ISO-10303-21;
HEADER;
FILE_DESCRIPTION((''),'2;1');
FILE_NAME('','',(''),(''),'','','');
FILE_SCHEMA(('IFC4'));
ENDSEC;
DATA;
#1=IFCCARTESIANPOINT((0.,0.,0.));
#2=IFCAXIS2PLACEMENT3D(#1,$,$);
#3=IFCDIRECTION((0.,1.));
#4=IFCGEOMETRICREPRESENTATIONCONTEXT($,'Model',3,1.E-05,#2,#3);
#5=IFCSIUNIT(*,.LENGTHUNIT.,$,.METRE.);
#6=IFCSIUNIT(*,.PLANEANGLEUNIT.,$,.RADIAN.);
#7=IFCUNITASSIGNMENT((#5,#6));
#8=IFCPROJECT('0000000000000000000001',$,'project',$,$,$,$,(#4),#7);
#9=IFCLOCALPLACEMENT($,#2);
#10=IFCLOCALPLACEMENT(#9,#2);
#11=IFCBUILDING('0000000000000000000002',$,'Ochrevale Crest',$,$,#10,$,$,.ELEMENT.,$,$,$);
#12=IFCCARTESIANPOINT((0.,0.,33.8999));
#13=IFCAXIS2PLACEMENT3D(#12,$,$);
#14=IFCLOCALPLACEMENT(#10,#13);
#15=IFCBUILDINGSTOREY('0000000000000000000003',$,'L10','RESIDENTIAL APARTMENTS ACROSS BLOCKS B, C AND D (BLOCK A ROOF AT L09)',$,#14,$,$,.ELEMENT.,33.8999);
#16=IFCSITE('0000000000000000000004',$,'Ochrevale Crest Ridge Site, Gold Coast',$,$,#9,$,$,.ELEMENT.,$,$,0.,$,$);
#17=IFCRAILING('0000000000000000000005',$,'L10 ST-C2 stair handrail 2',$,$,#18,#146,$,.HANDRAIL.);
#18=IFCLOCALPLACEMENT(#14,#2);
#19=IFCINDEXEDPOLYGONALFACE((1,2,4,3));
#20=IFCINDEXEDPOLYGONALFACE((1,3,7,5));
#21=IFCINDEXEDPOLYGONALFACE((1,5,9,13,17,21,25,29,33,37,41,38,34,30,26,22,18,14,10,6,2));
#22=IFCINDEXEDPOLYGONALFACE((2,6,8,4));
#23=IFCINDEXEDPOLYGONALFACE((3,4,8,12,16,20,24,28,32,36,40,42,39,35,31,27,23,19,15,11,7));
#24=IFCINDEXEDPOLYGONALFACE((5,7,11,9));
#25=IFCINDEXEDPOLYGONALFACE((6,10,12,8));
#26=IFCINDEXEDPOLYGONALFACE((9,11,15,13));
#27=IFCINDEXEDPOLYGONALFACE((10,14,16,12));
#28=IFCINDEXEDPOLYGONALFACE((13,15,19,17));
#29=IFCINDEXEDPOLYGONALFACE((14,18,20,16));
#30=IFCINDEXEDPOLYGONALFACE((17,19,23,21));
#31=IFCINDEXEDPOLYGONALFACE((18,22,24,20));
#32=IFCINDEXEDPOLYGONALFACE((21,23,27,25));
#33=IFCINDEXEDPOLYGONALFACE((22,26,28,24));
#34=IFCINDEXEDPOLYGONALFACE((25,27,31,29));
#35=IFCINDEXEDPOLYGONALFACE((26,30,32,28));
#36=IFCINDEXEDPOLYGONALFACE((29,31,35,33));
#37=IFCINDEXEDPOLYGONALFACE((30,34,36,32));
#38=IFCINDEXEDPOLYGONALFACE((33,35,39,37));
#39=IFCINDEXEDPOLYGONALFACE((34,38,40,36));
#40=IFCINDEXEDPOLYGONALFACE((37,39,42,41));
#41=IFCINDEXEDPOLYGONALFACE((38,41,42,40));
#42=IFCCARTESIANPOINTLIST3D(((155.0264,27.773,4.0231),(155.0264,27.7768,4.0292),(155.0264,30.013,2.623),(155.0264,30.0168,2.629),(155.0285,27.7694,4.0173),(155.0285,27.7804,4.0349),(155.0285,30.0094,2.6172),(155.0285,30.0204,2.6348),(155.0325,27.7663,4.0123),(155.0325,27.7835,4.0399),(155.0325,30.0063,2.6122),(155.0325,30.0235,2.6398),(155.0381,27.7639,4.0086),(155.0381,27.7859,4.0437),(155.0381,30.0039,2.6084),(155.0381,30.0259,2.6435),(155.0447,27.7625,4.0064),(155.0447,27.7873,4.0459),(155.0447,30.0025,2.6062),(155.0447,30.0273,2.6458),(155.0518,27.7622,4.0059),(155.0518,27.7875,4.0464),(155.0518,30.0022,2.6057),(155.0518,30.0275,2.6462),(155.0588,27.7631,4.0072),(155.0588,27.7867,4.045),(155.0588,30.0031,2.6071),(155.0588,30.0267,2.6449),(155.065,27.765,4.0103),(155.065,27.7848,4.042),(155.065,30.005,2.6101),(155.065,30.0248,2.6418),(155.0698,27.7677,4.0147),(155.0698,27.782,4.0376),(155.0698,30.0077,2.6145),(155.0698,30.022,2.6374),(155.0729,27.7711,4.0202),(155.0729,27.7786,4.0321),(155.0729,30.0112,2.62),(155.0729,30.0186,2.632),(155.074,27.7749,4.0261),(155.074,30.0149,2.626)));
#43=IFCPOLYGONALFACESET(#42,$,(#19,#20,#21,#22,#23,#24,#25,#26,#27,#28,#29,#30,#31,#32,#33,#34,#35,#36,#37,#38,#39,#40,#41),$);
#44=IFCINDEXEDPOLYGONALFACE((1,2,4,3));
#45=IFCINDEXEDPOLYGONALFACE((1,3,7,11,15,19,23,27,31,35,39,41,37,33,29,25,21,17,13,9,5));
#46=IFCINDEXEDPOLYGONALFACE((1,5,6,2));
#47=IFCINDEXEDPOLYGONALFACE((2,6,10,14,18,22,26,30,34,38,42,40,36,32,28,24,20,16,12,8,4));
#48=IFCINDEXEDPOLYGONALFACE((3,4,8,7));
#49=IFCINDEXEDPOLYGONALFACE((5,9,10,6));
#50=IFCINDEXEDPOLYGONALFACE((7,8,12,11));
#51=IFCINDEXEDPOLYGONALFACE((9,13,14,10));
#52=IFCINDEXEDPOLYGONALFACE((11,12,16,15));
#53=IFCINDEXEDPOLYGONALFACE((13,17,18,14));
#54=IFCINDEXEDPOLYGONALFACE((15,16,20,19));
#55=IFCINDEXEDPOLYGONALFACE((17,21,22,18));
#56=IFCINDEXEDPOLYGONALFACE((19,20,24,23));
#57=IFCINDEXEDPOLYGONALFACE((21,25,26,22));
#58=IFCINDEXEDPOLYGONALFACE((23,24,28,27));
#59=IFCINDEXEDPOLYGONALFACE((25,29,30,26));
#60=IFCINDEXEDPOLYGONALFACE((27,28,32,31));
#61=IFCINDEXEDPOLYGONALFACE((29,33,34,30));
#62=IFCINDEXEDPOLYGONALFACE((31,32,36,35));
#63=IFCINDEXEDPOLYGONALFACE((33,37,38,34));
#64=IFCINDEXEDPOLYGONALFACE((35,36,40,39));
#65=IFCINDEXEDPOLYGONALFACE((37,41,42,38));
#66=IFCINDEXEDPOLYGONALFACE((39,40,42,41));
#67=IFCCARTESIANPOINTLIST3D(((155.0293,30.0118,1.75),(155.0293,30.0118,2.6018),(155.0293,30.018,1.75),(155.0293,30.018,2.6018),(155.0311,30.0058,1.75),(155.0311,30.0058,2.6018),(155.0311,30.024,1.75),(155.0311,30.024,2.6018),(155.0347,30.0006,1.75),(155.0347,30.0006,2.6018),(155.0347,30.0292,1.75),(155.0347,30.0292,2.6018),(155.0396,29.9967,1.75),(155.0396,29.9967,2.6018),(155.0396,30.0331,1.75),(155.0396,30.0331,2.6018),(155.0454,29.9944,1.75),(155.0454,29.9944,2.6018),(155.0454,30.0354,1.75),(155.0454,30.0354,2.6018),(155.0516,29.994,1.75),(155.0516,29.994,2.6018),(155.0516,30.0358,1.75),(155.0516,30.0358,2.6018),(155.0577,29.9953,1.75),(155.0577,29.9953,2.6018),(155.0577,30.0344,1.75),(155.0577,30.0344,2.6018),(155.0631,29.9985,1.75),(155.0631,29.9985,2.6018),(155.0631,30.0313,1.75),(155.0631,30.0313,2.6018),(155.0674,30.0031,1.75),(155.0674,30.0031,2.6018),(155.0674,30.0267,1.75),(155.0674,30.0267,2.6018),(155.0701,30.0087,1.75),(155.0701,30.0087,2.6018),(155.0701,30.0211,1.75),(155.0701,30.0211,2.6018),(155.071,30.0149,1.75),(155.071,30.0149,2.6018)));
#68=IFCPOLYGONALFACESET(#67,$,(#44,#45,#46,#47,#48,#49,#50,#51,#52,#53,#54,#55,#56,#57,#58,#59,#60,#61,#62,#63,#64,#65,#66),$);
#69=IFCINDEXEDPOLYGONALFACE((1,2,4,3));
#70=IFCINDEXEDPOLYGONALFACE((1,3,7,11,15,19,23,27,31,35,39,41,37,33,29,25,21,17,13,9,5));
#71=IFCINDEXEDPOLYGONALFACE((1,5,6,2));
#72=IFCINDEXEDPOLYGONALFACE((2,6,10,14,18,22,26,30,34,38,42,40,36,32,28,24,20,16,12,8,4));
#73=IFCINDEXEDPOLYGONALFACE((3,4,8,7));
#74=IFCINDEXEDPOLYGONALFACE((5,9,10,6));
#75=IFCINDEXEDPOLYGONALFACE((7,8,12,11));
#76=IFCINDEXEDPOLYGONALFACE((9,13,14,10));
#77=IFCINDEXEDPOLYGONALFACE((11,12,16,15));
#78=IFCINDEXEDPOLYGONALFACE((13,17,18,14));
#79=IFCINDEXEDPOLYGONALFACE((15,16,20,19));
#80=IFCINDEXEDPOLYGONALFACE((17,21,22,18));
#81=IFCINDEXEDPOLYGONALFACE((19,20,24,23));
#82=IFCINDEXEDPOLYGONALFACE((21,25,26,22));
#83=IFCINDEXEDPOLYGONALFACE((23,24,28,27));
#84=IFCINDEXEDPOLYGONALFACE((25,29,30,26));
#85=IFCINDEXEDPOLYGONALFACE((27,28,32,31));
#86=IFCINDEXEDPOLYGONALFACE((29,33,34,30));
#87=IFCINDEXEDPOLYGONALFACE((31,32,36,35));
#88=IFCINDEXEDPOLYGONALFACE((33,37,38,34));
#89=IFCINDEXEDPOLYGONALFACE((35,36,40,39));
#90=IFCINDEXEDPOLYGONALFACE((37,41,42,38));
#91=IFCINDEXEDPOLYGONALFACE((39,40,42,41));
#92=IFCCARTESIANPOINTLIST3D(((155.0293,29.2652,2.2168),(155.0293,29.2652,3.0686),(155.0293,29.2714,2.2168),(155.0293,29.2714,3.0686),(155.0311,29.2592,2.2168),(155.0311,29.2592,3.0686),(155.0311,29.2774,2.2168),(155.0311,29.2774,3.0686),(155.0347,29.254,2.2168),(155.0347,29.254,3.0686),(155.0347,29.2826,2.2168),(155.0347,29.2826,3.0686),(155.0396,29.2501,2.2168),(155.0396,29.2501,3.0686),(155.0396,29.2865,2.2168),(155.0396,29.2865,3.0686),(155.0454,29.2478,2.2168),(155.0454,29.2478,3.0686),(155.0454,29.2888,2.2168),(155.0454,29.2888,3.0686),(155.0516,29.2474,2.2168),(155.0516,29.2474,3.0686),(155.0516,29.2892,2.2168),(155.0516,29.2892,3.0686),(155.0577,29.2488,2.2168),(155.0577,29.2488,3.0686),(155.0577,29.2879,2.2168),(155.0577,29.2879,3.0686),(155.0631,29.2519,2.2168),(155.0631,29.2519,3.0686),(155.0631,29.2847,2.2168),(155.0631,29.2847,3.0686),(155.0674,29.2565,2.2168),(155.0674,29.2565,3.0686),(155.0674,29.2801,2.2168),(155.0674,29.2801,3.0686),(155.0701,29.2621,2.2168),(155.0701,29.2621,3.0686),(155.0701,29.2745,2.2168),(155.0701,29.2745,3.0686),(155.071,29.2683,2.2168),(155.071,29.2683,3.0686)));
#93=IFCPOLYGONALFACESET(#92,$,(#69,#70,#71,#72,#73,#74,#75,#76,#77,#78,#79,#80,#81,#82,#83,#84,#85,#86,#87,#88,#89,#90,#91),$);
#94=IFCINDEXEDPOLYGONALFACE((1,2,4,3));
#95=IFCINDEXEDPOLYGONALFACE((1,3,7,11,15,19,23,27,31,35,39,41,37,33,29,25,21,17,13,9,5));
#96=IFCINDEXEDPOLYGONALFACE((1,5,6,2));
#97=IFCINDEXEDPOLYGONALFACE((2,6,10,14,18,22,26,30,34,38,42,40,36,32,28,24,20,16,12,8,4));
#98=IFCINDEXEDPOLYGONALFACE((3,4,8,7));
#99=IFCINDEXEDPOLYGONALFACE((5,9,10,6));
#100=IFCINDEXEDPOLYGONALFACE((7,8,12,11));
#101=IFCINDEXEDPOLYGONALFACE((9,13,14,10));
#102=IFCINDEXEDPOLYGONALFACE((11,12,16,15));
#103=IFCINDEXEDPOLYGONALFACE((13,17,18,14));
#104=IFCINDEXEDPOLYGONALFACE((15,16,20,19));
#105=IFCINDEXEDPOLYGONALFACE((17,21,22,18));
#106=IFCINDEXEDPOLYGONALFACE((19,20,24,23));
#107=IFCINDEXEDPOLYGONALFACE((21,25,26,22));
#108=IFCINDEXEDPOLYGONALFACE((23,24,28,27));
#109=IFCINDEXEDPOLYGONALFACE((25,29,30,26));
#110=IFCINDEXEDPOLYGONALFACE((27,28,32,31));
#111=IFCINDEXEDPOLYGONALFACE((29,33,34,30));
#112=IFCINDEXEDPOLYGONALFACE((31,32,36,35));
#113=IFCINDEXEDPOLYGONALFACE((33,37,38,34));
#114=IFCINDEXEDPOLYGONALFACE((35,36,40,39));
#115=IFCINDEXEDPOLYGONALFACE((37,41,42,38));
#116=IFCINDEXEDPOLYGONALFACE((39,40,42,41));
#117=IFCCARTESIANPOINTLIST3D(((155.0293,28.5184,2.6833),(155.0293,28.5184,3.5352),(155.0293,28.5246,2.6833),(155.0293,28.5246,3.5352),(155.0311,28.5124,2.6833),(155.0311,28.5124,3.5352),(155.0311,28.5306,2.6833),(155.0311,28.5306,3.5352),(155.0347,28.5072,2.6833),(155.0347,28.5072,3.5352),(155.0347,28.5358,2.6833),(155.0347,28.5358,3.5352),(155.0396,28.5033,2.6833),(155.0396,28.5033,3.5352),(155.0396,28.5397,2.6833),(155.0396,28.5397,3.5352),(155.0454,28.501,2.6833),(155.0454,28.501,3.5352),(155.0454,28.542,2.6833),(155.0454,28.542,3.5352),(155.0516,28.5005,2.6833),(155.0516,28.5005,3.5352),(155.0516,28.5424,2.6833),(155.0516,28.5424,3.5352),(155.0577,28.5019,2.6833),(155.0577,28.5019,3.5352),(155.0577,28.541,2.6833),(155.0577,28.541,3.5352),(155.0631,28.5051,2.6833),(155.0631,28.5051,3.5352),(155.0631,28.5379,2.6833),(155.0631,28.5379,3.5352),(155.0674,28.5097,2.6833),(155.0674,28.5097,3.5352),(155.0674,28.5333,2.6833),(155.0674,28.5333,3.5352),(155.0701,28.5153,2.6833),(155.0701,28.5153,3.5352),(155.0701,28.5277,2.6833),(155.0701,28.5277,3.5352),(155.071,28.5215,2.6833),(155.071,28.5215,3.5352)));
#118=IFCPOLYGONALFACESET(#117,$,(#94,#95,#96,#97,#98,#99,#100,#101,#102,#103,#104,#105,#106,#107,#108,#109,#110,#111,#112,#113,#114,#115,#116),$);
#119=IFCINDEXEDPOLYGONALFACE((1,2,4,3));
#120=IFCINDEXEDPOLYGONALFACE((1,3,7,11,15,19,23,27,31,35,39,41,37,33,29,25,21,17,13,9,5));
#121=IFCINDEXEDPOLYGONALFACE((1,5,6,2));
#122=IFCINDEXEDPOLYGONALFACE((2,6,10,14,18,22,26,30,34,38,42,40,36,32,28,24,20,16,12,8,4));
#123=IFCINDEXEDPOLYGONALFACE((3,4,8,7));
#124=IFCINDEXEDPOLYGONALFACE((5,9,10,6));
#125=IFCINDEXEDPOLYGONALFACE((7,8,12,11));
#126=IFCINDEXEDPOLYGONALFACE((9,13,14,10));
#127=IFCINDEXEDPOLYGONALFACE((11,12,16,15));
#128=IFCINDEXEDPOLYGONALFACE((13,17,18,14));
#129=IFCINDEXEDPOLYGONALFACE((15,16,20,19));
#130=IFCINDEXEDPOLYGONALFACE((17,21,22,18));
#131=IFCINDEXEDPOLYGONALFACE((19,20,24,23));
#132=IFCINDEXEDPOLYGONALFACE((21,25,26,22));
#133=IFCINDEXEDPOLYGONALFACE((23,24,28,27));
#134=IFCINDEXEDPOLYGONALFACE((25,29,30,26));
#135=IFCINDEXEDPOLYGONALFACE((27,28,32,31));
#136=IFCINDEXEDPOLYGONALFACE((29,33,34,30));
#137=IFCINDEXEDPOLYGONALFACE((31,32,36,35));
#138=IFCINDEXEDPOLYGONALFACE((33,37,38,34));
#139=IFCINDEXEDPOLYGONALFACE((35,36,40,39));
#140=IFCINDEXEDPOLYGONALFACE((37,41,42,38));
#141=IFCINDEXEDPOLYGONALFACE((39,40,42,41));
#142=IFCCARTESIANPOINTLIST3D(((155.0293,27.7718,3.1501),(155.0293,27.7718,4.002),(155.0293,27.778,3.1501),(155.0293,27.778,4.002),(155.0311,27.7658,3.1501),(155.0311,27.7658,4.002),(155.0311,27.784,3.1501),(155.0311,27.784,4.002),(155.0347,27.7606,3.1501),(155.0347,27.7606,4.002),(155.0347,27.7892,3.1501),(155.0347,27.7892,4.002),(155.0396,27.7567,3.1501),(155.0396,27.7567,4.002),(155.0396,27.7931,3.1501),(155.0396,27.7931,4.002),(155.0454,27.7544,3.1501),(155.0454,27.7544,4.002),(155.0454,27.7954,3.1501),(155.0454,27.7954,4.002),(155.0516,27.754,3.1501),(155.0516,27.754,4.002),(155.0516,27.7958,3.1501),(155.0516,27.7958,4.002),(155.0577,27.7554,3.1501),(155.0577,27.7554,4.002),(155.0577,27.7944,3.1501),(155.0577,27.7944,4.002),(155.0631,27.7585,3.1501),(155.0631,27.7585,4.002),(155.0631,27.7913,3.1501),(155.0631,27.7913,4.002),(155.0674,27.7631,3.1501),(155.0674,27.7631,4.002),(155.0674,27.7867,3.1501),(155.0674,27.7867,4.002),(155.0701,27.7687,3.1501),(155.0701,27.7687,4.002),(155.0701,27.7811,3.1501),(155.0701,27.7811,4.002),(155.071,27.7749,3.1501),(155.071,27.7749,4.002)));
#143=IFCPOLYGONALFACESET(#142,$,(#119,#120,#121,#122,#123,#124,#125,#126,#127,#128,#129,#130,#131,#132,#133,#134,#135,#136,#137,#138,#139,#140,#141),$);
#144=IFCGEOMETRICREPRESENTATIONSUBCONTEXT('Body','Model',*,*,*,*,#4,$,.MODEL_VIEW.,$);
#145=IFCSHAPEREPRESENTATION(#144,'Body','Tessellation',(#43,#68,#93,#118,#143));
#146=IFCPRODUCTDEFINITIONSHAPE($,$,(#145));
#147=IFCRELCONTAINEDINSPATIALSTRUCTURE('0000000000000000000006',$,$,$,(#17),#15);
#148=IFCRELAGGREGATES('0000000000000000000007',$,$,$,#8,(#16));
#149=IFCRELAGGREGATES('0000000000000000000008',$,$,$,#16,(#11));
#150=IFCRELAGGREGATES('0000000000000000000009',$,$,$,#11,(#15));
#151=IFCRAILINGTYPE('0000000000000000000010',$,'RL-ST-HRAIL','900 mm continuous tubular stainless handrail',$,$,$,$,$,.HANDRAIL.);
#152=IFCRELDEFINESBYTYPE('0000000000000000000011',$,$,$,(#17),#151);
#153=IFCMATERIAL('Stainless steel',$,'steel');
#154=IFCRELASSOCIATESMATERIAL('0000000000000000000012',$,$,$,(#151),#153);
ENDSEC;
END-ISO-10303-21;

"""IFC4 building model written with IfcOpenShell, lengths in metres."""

from ifc_helpers import new_model, si_unit, direction, frame, origin, origin_2d, place, context, subcontext, project, spatial, circle, extrude, material, type_object, element, save


model = new_model("IFC4")

# Units and contexts
model_context = context("Model", 3, precision=1e-05, world=origin(), true_north=direction((0.0, 1.0)))
body_context = subcontext(model_context, "Body", "Model", "MODEL_VIEW")
ifc_project = project(units=[si_unit("LENGTHUNIT", "METRE"), si_unit("PLANEANGLEUNIT", "RADIAN")], contexts=[model_context])

# Site, building, storey
site_placement = place(None, origin())
site = spatial("IfcSite", under=ifc_project, at=site_placement, Name="Ochrevale Crest Ridge Site, Gold Coast", CompositionType="ELEMENT", RefElevation=0.0)
building_placement = place(site_placement, origin())
building = spatial("IfcBuilding", under=site, at=building_placement, Name="Ochrevale Crest", CompositionType="ELEMENT")
storey_placement = place(building_placement, frame((0.0, 0.0, 33.8999)))
storey = spatial("IfcBuildingStorey", under=building, at=storey_placement, Name="L10", Description="RESIDENTIAL APARTMENTS ACROSS BLOCKS B, C AND D (BLOCK A ROOF AT L09)", CompositionType="ELEMENT", Elevation=33.8999)

# Railing
ifc_material_1 = material(Name="Stainless steel", Category="steel")
railing_type_1 = type_object("IfcRailingType", Name="RL-ST-HRAIL", Description="900 mm continuous tubular stainless handrail", PredefinedType="HANDRAIL", material=ifc_material_1)
railing_1_placement = place(storey_placement, frame((155.05, 30.0149, 1.75)))
element("IfcRailing", 1, at=railing_1_placement, inside=storey, type_object=railing_type_1, Name="L10 ST-C2 stair handrail 2", PredefinedType="HANDRAIL", context=body_context, shape_type="SweptSolid", body=[
    extrude(circle(Radius=0.0239, at=origin_2d()), frame((0.0, 0.0, 0.876), z_axis=(0.0, -0.847972, 0.53004), x_axis=(1.0, 0.0, 0.0)), (0.0, 0.0, 1.0), 2.6416),
    extrude(circle(Radius=0.021, at=origin_2d()), origin(), (0.0, 0.0, 1.0), 0.8518),
    extrude(circle(Radius=0.021, at=origin_2d()), frame((0.0, -0.7466, 0.4668)), (0.0, 0.0, 1.0), 0.8518),
    extrude(circle(Radius=0.021, at=origin_2d()), frame((0.0, -1.4934, 0.9333)), (0.0, 0.0, 1.0), 0.8518),
    extrude(circle(Radius=0.021, at=origin_2d()), frame((0.0, -2.24, 1.4001)), (0.0, 0.0, 1.0), 0.8518),
])

save(model, "model.ifc")
